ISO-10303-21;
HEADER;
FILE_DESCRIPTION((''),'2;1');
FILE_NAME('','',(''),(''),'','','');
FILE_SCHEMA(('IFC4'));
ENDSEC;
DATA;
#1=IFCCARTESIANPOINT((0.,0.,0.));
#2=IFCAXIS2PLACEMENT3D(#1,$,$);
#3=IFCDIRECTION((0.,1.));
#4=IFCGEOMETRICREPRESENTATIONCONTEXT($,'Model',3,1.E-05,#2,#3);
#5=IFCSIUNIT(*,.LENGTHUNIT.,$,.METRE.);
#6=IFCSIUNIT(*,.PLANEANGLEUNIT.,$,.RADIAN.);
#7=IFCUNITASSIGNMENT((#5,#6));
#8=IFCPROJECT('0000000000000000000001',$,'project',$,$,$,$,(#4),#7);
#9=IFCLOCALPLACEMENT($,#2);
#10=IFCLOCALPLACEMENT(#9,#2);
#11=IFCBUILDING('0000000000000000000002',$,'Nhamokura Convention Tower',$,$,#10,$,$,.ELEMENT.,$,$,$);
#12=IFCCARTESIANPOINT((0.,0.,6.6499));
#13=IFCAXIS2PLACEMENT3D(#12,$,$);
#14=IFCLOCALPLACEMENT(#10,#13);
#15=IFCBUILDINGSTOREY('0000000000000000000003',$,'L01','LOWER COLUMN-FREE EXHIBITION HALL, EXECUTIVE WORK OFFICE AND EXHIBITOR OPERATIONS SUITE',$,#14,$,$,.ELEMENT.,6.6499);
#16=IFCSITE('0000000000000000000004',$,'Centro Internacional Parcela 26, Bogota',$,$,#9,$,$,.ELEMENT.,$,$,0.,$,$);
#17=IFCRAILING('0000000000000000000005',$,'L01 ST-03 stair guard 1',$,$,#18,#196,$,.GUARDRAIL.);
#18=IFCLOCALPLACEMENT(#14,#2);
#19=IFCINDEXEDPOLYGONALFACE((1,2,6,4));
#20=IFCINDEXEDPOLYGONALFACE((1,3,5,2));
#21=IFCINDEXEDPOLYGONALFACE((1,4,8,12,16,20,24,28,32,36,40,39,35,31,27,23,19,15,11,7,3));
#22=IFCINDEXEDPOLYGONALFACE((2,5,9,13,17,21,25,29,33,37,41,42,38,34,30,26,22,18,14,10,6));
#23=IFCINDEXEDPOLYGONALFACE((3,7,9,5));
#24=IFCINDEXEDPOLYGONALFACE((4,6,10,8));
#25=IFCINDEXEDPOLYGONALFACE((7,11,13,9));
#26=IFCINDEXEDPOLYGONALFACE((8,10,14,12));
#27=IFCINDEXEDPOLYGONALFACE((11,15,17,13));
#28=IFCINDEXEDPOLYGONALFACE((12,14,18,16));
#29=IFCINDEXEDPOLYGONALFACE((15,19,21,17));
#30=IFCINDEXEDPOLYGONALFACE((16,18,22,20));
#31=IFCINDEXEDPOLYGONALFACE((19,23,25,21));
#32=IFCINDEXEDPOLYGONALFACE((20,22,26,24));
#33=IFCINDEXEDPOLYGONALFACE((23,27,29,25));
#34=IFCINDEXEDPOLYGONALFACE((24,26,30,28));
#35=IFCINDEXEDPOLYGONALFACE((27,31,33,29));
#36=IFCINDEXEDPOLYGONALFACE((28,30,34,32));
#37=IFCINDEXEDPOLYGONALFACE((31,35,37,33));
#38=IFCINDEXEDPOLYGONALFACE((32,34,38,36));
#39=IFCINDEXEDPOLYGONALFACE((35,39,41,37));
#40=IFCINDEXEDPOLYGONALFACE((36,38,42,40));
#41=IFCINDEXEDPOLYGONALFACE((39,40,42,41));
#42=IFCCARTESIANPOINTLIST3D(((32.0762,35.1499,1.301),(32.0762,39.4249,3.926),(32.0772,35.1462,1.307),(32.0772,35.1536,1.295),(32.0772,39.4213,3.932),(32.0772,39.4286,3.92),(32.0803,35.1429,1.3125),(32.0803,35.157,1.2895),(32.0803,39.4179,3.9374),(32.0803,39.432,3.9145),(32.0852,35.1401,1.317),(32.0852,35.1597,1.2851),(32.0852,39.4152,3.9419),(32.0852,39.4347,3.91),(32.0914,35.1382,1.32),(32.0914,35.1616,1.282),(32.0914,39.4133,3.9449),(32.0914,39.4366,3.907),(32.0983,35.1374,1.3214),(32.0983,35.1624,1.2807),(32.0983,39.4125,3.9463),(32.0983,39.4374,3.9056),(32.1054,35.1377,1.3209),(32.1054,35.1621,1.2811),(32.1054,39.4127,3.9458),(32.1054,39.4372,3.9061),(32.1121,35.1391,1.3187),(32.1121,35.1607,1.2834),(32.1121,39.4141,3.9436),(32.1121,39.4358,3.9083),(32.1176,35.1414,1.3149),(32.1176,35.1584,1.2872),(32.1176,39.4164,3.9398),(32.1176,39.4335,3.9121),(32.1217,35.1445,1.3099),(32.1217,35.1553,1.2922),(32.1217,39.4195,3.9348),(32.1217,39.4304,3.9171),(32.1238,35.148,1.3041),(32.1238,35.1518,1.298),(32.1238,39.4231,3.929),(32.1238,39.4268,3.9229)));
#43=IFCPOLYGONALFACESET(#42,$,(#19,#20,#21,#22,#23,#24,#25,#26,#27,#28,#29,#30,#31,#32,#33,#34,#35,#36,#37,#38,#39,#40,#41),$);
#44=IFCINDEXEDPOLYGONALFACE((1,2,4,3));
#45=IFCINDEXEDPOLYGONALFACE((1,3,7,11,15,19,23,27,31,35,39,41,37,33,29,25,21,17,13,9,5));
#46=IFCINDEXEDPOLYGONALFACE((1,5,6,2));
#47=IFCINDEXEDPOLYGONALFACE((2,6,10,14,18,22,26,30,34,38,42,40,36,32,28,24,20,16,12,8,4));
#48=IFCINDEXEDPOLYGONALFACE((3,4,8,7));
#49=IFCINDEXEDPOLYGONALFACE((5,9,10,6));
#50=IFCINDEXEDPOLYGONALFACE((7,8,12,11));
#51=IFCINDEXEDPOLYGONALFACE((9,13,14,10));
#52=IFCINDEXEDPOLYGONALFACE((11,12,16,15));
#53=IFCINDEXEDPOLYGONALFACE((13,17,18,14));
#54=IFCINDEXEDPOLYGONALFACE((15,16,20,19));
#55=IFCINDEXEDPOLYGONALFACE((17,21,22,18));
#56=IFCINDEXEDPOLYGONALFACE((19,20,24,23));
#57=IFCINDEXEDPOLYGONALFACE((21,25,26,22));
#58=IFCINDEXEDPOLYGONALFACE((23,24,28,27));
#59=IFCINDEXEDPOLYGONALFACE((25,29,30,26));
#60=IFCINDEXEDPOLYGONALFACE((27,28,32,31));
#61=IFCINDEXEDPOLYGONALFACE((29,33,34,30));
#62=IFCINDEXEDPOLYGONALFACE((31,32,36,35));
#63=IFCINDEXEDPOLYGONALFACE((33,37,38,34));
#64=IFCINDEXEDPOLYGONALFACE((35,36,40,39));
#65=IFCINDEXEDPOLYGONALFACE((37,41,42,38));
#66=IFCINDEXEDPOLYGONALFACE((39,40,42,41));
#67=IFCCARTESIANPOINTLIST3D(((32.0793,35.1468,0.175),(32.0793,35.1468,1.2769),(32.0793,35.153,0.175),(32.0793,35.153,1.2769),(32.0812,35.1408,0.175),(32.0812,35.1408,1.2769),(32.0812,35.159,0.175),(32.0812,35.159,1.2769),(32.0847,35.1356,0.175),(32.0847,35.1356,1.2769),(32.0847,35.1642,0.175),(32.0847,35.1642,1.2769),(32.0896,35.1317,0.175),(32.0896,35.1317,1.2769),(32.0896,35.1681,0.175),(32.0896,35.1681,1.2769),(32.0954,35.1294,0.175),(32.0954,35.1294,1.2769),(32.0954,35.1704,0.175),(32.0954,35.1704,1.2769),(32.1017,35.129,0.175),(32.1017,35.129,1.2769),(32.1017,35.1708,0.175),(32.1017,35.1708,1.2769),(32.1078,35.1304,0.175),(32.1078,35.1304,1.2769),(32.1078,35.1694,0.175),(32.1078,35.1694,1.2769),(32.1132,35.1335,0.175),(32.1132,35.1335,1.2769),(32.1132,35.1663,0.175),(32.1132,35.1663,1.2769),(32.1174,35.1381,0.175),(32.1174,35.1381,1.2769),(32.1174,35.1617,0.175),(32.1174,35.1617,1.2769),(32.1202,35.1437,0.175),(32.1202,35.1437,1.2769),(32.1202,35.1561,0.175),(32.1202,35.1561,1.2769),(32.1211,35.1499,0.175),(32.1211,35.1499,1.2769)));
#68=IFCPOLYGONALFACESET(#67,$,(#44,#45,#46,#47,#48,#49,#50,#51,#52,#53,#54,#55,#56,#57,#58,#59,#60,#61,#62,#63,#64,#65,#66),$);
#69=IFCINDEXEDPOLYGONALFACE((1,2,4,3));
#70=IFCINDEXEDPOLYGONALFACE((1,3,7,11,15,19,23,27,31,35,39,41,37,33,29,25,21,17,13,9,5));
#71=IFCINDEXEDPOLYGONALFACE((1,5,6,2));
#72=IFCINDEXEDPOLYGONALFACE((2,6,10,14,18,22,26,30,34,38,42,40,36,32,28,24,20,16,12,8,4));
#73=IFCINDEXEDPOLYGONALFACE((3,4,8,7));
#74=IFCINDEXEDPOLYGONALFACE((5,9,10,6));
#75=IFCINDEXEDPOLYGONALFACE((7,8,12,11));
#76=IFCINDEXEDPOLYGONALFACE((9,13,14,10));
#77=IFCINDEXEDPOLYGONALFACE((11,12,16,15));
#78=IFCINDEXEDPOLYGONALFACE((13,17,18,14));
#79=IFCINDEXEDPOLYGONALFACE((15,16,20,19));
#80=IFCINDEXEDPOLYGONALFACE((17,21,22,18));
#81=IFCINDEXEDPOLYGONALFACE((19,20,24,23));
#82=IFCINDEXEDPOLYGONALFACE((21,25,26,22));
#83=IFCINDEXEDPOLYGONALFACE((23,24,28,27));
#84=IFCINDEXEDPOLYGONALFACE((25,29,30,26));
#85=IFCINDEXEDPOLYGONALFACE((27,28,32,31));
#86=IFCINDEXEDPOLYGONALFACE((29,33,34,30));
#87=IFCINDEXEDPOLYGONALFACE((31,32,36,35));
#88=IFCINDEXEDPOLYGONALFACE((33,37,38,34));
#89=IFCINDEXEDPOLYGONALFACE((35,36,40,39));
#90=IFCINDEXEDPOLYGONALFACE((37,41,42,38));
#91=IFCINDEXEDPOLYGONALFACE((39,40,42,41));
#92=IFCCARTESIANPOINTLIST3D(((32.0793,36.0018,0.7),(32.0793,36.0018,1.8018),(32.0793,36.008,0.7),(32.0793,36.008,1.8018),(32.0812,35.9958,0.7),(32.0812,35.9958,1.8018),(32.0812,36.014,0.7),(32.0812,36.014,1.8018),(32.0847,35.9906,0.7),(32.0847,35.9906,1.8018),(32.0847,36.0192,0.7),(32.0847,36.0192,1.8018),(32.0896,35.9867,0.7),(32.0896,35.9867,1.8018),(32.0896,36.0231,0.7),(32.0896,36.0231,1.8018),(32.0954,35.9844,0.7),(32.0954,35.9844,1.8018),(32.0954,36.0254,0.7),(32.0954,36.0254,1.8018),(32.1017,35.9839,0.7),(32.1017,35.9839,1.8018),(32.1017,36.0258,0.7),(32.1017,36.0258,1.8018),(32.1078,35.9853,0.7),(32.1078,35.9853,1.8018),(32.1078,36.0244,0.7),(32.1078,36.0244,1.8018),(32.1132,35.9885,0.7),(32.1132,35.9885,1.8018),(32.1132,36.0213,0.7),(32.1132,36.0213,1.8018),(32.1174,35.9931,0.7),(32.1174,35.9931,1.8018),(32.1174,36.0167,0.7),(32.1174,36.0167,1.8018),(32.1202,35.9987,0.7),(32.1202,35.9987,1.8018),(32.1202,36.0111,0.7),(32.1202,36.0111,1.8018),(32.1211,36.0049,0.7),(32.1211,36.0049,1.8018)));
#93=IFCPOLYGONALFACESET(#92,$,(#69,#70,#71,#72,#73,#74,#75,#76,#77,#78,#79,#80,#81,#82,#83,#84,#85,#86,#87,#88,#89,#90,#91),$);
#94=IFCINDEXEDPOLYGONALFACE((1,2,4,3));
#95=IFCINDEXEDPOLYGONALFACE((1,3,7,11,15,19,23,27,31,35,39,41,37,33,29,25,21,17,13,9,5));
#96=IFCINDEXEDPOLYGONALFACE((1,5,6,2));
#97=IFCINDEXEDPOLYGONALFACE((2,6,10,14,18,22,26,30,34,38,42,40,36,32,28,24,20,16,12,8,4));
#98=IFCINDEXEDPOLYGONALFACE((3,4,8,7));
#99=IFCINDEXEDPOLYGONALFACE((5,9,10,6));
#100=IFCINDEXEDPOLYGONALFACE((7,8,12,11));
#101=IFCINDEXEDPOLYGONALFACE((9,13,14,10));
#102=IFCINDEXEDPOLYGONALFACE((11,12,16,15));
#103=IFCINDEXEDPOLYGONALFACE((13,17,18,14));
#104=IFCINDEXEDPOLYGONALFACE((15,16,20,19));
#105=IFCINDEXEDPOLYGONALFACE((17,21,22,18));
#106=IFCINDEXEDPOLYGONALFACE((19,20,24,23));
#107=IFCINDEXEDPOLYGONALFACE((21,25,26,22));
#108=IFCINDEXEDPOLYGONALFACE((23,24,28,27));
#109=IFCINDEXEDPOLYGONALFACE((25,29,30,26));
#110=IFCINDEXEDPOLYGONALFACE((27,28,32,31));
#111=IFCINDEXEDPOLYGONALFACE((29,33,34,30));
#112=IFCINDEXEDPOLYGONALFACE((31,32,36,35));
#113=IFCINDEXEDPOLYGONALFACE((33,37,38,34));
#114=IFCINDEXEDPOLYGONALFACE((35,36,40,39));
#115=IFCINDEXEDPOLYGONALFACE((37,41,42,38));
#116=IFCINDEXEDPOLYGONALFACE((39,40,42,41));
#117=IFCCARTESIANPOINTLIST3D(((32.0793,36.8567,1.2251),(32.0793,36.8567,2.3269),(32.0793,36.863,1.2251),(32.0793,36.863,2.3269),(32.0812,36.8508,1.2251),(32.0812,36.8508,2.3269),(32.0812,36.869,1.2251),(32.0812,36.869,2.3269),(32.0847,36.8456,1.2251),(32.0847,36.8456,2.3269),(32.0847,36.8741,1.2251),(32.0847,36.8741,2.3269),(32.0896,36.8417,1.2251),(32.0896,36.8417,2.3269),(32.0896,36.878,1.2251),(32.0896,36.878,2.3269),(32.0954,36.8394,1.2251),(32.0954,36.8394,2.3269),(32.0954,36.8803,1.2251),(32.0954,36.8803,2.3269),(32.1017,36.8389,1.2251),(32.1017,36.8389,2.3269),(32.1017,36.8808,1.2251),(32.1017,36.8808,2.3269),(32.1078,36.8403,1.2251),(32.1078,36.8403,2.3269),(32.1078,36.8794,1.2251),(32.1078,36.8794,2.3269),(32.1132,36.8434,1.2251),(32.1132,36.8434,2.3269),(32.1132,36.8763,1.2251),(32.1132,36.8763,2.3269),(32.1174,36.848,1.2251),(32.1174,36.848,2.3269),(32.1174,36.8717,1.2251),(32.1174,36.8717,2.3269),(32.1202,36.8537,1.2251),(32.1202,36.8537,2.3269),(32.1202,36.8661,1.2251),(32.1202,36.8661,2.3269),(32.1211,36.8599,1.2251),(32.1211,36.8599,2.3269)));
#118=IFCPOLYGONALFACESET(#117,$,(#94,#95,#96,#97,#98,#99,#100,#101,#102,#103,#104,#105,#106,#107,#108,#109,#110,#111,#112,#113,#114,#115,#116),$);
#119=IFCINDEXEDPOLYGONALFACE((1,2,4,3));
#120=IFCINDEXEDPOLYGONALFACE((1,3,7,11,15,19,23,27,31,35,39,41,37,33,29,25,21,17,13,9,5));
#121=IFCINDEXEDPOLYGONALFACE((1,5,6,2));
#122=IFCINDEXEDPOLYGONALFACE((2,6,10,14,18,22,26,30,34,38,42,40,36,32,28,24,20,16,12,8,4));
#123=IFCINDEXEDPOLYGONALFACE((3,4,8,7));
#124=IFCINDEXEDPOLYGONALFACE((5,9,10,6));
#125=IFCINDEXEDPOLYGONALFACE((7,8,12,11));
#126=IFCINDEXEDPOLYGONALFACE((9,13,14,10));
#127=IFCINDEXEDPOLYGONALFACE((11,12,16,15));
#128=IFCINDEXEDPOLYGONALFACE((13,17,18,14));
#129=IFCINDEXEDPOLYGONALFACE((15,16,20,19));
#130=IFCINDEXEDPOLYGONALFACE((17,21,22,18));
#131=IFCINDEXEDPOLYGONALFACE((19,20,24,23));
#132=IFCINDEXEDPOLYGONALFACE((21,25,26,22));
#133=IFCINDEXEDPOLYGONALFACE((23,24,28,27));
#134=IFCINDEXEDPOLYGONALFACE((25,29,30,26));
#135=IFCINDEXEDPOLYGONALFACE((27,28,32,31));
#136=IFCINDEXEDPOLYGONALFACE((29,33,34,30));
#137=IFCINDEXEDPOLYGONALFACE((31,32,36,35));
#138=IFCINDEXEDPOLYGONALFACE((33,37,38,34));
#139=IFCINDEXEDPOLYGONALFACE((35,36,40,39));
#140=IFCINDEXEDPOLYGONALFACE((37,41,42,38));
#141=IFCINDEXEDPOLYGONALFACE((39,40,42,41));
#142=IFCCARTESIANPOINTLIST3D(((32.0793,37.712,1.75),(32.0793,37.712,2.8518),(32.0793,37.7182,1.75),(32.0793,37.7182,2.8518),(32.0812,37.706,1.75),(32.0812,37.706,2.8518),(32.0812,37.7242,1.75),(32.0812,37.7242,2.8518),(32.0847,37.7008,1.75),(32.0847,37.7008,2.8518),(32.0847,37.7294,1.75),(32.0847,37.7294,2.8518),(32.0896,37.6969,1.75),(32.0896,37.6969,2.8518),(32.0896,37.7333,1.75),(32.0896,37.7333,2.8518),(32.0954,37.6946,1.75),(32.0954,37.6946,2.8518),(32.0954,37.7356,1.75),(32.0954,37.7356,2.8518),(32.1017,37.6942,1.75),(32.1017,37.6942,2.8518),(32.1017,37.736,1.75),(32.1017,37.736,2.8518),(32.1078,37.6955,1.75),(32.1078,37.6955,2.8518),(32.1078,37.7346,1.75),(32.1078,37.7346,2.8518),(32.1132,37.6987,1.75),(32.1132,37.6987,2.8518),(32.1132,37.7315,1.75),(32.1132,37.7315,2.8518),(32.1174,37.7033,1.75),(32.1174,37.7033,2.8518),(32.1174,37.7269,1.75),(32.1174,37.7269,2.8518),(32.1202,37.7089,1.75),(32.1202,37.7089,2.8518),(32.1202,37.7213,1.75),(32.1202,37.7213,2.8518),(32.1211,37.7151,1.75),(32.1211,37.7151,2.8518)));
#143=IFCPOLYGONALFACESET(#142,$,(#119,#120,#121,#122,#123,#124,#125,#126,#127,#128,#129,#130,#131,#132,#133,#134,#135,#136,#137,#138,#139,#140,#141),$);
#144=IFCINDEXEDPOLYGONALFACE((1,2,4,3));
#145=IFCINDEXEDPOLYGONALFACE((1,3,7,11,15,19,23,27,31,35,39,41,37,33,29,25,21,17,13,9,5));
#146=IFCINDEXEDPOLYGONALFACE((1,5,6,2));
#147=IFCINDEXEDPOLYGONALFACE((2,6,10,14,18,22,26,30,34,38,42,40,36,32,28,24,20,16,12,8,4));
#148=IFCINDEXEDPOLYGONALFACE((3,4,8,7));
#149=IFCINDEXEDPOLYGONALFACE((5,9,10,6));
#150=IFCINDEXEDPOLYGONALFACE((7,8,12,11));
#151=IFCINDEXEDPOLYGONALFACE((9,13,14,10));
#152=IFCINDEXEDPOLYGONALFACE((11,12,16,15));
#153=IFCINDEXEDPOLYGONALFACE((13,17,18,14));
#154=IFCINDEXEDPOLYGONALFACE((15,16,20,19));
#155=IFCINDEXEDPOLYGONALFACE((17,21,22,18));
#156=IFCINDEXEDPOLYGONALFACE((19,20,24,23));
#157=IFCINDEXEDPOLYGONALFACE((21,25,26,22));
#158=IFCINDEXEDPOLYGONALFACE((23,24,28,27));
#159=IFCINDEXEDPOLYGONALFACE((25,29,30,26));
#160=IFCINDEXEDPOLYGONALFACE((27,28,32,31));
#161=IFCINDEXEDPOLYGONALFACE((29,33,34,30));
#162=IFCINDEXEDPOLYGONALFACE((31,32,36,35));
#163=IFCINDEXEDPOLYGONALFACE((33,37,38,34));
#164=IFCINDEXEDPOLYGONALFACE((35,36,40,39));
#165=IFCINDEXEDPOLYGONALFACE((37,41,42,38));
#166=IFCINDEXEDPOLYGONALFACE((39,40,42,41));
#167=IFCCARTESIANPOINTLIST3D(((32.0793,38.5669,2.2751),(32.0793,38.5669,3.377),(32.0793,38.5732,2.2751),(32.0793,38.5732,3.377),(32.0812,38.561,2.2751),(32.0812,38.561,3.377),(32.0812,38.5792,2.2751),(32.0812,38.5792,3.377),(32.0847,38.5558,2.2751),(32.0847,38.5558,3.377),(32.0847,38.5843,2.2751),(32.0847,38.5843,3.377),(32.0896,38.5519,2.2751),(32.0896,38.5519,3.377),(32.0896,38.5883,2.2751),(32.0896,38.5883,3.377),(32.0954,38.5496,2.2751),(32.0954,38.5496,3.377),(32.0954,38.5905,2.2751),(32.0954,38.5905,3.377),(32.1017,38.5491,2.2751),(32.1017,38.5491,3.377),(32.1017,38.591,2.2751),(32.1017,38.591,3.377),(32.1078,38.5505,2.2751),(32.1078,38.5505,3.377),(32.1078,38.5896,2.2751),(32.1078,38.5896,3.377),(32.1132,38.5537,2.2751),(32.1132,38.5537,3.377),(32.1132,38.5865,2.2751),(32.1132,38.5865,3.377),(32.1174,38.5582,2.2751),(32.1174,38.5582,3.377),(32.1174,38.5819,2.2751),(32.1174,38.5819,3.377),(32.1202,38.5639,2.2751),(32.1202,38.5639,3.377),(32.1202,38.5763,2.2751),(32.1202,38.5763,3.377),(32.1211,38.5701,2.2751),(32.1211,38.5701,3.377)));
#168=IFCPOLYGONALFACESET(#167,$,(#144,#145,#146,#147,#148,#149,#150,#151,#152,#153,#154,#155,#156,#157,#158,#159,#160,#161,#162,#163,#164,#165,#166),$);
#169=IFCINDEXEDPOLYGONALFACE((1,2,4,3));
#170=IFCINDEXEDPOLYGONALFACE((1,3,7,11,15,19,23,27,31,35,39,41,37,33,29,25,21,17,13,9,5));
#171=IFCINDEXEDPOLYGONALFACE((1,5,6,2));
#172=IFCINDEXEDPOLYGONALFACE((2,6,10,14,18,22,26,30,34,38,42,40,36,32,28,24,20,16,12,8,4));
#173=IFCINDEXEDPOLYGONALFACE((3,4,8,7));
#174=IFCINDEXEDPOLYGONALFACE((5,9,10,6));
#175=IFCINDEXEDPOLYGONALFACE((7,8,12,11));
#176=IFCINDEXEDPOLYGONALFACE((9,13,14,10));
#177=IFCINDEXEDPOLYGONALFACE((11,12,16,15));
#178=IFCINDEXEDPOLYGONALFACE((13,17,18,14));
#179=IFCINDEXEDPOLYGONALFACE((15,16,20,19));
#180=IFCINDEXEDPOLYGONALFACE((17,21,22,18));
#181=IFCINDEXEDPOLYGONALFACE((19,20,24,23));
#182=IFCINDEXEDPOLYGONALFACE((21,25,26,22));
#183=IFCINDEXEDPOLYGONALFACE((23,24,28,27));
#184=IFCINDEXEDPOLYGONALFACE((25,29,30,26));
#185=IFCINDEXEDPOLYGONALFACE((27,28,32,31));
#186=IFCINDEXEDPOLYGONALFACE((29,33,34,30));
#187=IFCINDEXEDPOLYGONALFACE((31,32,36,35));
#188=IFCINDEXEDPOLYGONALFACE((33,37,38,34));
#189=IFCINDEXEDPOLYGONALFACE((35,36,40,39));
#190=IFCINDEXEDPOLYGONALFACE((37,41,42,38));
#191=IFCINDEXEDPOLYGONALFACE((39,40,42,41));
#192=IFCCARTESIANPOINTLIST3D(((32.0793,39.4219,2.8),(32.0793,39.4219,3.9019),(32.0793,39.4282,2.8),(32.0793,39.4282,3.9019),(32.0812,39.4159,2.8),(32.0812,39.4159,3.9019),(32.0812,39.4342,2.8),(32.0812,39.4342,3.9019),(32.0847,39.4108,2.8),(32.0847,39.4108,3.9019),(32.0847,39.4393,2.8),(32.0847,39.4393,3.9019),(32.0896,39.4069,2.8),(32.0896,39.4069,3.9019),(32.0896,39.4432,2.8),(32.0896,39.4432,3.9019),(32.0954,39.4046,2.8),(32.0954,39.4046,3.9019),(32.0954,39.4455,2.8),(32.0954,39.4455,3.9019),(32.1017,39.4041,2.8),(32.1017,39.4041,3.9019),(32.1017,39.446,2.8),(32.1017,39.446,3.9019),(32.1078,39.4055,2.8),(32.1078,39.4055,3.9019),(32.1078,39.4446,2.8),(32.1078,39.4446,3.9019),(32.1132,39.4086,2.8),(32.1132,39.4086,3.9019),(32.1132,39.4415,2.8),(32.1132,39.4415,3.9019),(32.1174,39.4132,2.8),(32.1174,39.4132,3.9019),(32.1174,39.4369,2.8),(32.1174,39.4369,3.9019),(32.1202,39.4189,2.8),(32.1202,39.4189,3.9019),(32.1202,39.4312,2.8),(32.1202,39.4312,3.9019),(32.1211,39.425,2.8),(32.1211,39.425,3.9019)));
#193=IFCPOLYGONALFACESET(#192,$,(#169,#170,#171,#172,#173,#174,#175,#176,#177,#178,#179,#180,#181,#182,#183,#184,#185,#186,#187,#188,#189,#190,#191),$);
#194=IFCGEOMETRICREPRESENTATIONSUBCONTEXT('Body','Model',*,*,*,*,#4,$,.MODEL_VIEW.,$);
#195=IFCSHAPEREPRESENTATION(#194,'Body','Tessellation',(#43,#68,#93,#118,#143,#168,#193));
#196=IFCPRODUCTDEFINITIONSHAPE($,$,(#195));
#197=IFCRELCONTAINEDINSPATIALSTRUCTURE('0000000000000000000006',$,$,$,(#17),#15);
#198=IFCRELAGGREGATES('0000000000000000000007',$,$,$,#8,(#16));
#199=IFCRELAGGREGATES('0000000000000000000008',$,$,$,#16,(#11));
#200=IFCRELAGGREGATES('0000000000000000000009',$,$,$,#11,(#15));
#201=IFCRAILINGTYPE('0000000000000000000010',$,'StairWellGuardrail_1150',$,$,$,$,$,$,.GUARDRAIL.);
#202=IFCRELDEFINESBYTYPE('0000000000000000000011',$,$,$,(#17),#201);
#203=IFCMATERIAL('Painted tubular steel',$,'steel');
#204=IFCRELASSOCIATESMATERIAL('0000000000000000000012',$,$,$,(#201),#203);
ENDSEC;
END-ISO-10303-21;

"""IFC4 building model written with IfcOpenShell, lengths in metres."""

from ifc_helpers import new_model, si_unit, direction, frame, origin, origin_2d, place, context, subcontext, project, spatial, circle, extrude, material, type_object, element, save


model = new_model("IFC4")

# Units and contexts
model_context = context("Model", 3, precision=1e-05, world=origin(), true_north=direction((0.0, 1.0)))
body_context = subcontext(model_context, "Body", "Model", "MODEL_VIEW")
ifc_project = project(units=[si_unit("LENGTHUNIT", "METRE"), si_unit("PLANEANGLEUNIT", "RADIAN")], contexts=[model_context])

# Site, building, storey
site_placement = place(None, origin())
site = spatial("IfcSite", under=ifc_project, at=site_placement, Name="Centro Internacional Parcela 26, Bogota", CompositionType="ELEMENT", RefElevation=0.0)
building_placement = place(site_placement, origin())
building = spatial("IfcBuilding", under=site, at=building_placement, Name="Nhamokura Convention Tower", CompositionType="ELEMENT")
storey_placement = place(building_placement, frame((0.0, 0.0, 6.6499)))
storey = spatial("IfcBuildingStorey", under=building, at=storey_placement, Name="L01", Description="LOWER COLUMN-FREE EXHIBITION HALL, EXECUTIVE WORK OFFICE AND EXHIBITOR OPERATIONS SUITE", CompositionType="ELEMENT", Elevation=6.6499)

# Railing
ifc_material_1 = material(Name="Painted tubular steel", Category="steel")
railing_type_1 = type_object("IfcRailingType", Name="StairWellGuardrail_1150", PredefinedType="GUARDRAIL", material=ifc_material_1)
railing_1_placement = place(storey_placement, frame((32.1001, 35.1499, 0.175)))
element("IfcRailing", 1, at=railing_1_placement, inside=storey, type_object=railing_type_1, Name="L01 ST-03 stair guard 1", PredefinedType="GUARDRAIL", context=body_context, shape_type="SweptSolid", body=[
    extrude(circle(Radius=0.0239, at=origin_2d()), frame((0.0, 0.0, 1.126), z_axis=(0.0, 0.852179, 0.52325), x_axis=(-1.0, 0.0, 0.0)), (0.0, 0.0, 1.0), 5.0166),
    extrude(circle(Radius=0.021, at=origin_2d()), origin(), (0.0, 0.0, 1.0), 1.1018),
    extrude(circle(Radius=0.021, at=origin_2d()), frame((0.0, 0.855, 0.5249)), (0.0, 0.0, 1.0), 1.1018),
    extrude(circle(Radius=0.021, at=origin_2d()), frame((0.0, 1.71, 1.05)), (0.0, 0.0, 1.0), 1.1018),
    extrude(circle(Radius=0.021, at=origin_2d()), frame((0.0, 2.5652, 1.575)), (0.0, 0.0, 1.0), 1.1018),
    extrude(circle(Radius=0.021, at=origin_2d()), frame((0.0, 3.4202, 2.1001)), (0.0, 0.0, 1.0), 1.1018),
    extrude(circle(Radius=0.021, at=origin_2d()), frame((0.0, 4.2751, 2.625)), (0.0, 0.0, 1.0), 1.1018),
])

save(model, "model.ifc")
